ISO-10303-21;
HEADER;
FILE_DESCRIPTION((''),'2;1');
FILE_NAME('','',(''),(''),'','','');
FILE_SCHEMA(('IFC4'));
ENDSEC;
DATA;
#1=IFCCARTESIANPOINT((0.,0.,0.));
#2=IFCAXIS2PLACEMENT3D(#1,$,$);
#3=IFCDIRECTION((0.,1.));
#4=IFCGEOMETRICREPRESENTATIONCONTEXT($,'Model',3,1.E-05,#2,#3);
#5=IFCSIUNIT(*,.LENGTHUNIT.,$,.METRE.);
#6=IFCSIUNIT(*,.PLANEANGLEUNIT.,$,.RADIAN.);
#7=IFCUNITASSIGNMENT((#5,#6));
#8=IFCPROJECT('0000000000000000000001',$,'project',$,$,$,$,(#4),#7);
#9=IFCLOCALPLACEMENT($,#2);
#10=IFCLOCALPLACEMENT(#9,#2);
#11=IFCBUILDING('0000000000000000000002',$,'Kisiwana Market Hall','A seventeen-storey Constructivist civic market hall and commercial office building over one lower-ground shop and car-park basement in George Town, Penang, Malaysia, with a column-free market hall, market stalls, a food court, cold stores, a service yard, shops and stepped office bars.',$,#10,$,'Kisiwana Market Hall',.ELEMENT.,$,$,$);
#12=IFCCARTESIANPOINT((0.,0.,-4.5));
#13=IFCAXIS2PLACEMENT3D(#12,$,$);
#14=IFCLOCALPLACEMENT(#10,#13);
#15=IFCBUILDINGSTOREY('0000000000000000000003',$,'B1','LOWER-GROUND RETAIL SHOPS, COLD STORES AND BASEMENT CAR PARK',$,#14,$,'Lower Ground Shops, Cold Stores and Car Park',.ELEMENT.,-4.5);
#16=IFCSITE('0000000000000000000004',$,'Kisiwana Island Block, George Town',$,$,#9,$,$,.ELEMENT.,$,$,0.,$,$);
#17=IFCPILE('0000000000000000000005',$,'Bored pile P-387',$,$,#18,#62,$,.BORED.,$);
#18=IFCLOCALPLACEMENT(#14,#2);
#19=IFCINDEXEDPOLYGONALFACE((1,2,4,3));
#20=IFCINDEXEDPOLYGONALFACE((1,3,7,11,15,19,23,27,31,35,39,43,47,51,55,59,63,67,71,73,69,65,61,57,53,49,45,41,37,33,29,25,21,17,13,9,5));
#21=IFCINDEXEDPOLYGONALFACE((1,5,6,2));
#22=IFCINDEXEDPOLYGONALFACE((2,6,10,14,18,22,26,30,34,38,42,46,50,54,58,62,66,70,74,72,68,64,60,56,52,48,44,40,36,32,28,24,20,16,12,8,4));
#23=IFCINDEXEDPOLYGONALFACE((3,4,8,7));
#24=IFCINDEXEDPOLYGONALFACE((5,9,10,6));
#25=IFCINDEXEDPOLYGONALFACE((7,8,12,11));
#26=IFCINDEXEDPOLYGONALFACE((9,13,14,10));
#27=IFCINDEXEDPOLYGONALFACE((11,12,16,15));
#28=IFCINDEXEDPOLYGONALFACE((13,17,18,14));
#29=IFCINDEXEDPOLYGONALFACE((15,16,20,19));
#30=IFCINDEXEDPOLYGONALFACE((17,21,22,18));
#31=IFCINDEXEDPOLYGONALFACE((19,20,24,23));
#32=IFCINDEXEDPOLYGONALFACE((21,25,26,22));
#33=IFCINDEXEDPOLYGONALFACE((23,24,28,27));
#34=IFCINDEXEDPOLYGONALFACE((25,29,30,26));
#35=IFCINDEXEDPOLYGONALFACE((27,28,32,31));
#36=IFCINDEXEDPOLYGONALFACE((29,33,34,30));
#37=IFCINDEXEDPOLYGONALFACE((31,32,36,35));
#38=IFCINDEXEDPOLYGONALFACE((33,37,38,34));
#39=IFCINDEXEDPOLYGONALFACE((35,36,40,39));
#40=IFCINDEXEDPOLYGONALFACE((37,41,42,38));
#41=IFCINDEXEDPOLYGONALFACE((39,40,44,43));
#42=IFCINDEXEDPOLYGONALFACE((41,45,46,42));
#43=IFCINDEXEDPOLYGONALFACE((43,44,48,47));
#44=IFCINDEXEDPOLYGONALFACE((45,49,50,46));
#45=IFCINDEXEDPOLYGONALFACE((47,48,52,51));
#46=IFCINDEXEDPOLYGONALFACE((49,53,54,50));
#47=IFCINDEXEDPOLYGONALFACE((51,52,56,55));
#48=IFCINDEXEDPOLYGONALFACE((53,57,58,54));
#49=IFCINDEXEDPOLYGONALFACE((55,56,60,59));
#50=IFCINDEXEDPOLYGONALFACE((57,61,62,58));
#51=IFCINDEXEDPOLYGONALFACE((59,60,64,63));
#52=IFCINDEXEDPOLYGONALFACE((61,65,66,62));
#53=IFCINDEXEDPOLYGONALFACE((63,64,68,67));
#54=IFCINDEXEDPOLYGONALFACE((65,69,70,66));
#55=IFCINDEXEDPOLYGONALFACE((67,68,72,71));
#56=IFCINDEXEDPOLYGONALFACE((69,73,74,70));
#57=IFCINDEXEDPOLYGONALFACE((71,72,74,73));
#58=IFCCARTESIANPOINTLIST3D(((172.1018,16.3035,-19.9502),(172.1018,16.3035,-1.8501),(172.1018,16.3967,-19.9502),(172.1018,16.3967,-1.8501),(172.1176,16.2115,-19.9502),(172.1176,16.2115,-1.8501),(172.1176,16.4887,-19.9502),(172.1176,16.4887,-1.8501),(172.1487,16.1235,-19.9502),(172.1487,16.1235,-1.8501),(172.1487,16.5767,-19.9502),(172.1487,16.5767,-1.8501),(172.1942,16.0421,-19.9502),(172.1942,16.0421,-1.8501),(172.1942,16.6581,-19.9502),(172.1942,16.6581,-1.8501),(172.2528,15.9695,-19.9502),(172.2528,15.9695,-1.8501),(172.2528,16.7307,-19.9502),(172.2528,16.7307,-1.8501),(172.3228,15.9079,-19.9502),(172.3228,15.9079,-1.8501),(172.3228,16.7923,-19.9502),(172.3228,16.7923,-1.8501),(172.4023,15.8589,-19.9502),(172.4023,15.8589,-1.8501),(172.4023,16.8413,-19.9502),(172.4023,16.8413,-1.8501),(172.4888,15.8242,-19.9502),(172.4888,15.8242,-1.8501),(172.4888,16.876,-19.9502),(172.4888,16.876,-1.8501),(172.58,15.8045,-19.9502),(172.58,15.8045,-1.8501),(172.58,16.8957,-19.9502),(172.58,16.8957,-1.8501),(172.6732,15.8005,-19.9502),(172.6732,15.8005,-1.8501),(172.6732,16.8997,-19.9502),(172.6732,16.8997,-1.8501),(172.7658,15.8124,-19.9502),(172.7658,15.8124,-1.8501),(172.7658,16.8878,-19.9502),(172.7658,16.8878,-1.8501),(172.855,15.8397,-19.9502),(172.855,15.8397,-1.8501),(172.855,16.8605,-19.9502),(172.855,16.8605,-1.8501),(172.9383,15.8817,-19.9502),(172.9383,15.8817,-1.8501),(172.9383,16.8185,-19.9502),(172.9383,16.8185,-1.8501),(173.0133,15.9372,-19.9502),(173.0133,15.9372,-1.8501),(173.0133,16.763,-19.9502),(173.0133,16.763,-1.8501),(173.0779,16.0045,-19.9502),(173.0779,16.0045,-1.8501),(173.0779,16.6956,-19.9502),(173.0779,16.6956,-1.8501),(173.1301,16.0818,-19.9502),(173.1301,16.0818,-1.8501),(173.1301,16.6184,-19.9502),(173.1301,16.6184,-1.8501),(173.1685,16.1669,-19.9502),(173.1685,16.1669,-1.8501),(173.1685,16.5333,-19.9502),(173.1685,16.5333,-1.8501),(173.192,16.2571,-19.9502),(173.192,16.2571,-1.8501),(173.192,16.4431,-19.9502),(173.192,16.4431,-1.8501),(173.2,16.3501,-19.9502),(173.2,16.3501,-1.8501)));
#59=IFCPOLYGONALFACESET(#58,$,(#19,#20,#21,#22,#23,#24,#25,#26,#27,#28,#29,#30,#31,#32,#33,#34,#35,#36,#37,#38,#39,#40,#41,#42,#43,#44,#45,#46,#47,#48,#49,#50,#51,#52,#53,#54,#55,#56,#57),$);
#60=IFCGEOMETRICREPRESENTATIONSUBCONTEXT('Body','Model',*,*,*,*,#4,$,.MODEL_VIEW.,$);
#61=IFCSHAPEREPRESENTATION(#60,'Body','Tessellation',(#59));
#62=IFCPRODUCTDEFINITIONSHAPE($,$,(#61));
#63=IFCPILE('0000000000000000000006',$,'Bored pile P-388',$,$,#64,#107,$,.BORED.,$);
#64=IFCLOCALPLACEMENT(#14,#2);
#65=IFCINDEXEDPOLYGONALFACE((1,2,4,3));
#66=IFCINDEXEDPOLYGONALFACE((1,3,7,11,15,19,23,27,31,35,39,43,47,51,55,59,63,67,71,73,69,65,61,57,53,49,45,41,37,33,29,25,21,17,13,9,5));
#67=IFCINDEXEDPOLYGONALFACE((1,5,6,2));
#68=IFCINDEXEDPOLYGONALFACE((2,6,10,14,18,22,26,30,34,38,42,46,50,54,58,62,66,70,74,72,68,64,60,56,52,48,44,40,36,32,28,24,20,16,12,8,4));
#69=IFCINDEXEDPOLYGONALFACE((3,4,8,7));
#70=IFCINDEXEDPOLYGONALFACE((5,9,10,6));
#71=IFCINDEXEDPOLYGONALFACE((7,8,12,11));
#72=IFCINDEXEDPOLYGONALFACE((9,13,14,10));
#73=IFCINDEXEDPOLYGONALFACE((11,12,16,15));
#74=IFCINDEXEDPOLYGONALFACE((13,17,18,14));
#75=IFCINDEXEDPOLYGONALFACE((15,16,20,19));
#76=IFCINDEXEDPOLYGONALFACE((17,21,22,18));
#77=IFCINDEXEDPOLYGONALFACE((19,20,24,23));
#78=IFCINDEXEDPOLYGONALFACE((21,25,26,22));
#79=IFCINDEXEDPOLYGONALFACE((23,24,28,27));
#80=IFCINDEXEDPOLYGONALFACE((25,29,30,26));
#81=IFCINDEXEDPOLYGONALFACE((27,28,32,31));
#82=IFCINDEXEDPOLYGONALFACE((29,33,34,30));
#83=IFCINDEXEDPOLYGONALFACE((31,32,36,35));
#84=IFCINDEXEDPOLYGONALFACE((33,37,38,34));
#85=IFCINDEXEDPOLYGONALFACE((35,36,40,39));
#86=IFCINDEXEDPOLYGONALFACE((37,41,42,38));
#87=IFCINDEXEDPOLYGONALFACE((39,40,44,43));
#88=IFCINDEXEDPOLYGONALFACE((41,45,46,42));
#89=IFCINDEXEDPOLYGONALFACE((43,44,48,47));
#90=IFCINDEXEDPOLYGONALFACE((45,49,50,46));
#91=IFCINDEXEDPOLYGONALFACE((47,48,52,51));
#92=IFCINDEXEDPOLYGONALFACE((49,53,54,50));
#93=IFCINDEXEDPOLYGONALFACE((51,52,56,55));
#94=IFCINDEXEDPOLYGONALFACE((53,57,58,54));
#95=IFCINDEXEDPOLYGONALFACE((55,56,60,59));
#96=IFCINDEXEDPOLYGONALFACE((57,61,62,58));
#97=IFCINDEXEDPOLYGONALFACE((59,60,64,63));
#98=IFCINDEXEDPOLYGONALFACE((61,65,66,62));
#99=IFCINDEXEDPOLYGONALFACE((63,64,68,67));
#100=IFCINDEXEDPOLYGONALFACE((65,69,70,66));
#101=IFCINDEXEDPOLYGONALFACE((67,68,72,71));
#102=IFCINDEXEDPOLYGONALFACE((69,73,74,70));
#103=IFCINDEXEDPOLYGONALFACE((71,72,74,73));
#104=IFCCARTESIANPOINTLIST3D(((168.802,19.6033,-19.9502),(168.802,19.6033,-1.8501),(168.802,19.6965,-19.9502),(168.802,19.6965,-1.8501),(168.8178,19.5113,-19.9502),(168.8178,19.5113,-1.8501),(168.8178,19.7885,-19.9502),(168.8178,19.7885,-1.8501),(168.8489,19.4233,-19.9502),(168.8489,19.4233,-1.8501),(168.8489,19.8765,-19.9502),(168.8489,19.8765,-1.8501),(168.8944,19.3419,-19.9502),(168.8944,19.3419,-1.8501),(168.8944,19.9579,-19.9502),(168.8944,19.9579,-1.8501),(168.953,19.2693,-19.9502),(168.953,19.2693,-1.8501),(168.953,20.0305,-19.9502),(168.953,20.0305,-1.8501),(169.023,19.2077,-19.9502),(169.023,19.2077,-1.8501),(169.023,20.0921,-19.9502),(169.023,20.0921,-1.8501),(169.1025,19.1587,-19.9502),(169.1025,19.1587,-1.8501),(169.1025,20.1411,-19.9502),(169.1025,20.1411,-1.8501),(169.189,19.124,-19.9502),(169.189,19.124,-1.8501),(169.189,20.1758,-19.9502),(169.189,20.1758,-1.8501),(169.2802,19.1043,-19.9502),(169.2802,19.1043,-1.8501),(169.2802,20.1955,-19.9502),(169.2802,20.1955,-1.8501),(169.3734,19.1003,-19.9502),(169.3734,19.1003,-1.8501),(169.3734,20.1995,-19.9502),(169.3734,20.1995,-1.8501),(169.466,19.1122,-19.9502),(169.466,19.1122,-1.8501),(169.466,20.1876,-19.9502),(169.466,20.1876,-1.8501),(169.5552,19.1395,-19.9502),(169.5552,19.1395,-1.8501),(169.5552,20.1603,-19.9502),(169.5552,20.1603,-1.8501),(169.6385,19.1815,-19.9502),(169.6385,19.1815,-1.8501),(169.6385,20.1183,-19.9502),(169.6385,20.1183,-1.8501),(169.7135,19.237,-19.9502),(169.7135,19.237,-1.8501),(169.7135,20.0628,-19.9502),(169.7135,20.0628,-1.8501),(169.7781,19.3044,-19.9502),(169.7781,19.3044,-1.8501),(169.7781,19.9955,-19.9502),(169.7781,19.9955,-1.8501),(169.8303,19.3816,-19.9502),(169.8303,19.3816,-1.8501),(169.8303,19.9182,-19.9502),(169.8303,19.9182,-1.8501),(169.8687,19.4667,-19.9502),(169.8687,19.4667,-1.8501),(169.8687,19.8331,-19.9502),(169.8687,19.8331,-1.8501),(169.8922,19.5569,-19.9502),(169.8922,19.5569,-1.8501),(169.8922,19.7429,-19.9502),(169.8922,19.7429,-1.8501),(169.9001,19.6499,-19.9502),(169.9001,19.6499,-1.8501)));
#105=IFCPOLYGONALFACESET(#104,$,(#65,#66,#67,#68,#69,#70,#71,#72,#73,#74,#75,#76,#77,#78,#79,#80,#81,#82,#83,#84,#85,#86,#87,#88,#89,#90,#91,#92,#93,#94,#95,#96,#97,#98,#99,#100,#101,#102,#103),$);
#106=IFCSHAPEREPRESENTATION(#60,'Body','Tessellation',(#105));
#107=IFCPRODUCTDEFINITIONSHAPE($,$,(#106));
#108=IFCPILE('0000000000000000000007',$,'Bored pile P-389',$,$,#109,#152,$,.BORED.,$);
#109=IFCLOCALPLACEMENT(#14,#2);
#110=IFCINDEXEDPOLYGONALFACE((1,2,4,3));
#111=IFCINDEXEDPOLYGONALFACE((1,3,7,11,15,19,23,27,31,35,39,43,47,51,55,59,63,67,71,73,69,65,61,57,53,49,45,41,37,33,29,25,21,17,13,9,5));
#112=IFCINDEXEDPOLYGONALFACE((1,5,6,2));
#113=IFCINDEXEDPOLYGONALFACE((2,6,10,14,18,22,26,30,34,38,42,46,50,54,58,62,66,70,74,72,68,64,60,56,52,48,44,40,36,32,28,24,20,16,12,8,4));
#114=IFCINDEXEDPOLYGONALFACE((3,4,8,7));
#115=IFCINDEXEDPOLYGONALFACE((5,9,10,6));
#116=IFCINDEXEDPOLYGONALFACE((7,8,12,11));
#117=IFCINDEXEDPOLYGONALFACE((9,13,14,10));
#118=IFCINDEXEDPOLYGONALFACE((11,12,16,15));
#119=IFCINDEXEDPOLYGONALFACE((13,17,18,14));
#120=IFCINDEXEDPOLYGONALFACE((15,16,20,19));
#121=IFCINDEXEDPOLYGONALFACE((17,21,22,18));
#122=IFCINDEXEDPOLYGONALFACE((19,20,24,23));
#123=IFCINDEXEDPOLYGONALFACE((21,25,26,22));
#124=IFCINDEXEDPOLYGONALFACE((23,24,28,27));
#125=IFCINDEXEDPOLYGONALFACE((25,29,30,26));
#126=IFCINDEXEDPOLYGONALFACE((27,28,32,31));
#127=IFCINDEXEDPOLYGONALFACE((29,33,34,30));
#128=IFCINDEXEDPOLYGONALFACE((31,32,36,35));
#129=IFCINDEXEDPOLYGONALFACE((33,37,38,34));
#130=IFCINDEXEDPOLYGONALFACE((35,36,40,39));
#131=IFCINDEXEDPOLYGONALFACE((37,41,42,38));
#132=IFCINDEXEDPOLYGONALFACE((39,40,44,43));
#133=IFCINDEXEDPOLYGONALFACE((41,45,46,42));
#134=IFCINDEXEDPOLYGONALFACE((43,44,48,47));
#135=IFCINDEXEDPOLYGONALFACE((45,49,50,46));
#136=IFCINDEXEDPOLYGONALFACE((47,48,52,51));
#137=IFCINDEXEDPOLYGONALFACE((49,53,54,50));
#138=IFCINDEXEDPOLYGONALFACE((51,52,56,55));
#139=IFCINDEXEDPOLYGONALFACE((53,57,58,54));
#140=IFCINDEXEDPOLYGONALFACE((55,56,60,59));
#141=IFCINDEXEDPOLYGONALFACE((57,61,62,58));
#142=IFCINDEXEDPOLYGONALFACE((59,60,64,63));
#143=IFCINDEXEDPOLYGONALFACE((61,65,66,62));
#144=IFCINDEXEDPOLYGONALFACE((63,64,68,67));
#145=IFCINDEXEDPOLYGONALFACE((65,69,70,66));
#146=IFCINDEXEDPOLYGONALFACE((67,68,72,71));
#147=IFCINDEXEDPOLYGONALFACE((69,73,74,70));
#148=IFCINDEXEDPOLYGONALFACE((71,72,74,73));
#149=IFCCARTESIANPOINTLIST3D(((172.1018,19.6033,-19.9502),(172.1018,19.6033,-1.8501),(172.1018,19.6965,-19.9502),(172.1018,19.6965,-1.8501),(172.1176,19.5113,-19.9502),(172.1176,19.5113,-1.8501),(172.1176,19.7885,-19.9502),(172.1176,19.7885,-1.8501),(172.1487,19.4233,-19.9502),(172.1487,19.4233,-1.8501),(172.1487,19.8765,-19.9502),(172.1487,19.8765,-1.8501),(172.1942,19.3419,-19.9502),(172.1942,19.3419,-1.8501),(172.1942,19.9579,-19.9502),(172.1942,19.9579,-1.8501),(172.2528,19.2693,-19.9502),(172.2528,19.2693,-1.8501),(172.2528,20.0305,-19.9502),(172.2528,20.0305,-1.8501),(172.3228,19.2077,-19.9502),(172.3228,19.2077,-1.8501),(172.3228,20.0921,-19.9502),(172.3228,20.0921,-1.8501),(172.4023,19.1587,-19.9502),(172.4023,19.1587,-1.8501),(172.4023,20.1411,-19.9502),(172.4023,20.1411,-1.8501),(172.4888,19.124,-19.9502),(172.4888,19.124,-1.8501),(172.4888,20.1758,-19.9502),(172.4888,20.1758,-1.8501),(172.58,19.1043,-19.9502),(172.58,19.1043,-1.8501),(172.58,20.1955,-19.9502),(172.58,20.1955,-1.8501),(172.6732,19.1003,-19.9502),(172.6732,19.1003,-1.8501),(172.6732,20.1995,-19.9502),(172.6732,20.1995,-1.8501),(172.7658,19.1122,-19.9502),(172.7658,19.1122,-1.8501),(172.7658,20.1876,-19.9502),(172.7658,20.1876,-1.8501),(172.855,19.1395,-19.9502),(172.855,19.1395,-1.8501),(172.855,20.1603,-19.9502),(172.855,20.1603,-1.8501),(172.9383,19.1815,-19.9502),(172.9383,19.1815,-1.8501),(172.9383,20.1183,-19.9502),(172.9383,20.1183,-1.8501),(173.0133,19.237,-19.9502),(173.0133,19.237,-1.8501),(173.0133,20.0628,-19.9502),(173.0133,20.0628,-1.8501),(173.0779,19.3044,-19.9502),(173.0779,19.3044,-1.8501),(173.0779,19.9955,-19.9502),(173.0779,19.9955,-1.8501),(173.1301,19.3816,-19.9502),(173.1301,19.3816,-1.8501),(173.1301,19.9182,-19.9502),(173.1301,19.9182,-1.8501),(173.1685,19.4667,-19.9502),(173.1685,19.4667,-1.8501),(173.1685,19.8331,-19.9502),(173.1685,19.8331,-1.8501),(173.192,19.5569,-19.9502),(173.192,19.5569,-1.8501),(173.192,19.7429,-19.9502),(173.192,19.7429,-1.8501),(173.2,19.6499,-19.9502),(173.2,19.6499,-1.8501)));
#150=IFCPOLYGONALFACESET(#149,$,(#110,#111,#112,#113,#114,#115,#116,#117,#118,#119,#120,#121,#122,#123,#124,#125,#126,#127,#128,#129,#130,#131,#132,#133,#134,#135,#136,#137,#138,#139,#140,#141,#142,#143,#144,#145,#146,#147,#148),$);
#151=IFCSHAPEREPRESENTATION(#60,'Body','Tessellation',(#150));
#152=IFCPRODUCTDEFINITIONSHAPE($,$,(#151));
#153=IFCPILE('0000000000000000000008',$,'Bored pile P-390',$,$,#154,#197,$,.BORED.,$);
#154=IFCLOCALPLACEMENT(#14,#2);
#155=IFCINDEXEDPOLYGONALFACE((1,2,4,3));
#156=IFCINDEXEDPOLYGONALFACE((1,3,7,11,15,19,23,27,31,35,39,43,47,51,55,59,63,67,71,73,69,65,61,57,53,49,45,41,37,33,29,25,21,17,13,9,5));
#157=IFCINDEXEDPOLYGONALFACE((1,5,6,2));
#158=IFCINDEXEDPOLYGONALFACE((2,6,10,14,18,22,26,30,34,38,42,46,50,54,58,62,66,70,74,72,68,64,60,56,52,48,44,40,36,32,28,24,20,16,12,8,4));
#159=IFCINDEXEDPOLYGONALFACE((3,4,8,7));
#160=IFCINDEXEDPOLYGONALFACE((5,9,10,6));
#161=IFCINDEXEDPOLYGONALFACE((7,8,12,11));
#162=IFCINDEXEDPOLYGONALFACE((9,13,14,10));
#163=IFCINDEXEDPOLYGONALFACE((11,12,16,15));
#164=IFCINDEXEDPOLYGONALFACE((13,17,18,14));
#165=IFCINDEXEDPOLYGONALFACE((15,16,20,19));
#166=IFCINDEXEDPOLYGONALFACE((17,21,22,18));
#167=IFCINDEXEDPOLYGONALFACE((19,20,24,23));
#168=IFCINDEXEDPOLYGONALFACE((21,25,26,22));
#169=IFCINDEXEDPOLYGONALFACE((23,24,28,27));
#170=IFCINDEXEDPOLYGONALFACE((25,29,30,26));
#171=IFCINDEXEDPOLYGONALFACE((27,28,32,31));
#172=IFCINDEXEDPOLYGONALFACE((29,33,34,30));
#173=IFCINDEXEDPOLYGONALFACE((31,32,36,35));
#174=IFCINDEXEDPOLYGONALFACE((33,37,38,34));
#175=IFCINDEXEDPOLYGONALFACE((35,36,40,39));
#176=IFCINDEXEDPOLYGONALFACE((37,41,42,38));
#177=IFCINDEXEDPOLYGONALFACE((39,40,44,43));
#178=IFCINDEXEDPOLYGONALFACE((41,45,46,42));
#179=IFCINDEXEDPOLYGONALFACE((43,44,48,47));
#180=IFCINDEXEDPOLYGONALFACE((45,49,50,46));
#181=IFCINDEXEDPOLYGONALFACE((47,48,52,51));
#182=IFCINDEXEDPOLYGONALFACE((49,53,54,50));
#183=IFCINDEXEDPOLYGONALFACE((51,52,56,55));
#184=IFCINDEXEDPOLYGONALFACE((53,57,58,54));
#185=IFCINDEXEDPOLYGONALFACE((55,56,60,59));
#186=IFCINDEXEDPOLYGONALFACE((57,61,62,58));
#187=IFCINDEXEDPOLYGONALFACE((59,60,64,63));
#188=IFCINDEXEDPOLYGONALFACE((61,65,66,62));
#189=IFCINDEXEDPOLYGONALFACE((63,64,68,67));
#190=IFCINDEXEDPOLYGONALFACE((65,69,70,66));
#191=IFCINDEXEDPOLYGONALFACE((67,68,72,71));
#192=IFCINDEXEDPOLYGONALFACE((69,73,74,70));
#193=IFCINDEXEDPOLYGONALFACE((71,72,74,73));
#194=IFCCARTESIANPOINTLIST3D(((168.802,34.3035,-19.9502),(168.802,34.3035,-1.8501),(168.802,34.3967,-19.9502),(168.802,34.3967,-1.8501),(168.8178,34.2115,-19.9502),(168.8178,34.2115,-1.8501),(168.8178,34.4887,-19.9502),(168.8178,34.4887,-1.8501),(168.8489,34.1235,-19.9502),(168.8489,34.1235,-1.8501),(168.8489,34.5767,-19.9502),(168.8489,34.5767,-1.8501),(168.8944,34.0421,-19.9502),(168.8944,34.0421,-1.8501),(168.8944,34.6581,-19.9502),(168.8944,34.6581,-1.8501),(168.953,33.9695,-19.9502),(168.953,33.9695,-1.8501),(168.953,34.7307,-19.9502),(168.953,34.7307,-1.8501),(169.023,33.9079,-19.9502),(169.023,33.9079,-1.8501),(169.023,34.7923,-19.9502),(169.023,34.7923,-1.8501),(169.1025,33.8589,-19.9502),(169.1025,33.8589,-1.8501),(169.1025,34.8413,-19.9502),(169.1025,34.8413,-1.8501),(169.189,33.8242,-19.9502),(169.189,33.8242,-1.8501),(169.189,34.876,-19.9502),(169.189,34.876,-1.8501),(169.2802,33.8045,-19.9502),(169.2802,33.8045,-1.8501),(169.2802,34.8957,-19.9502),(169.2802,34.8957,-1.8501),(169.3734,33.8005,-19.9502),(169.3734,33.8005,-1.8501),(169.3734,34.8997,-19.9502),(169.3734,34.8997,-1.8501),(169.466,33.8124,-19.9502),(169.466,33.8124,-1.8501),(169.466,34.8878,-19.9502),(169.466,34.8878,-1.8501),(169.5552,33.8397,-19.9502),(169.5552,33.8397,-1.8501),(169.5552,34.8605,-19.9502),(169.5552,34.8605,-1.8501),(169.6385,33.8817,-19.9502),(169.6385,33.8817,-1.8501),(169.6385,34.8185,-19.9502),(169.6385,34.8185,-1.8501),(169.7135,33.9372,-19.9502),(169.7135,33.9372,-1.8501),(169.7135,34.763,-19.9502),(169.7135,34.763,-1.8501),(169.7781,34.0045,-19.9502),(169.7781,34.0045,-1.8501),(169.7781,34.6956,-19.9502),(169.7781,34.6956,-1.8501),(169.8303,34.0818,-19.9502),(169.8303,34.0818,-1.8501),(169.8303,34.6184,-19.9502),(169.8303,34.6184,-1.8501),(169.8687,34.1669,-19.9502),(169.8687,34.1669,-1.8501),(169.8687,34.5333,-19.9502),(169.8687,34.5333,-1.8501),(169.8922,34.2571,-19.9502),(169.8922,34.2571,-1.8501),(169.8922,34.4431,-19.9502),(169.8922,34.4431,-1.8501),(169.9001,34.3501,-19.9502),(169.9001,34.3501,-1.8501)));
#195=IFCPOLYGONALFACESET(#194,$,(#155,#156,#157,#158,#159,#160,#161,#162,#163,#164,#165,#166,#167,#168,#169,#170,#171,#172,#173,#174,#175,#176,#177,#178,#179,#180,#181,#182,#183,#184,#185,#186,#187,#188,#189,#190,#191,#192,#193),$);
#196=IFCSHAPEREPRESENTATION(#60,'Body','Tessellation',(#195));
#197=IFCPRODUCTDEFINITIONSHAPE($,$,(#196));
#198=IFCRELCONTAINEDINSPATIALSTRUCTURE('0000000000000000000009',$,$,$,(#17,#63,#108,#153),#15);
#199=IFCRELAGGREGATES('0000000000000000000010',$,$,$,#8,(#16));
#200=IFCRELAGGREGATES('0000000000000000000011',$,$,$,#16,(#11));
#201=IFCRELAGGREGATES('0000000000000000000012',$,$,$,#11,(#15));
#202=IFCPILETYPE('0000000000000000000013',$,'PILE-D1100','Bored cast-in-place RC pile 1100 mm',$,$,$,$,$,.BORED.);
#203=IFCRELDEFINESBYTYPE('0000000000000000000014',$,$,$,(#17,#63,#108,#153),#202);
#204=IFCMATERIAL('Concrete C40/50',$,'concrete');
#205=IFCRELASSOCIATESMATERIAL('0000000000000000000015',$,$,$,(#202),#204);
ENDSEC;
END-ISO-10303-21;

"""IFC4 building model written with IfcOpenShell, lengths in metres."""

from ifc_helpers import new_model, si_unit, direction, frame, origin, origin_2d, place, context, subcontext, project, spatial, circle, extrude, material, material_profile, profile_set, type_object, element, save


model = new_model("IFC4")

# Units and contexts
model_context = context("Model", 3, precision=1e-05, world=origin(), true_north=direction((0.0, 1.0)))
body_context = subcontext(model_context, "Body", "Model", "MODEL_VIEW")
ifc_project = project(units=[si_unit("LENGTHUNIT", "METRE"), si_unit("PLANEANGLEUNIT", "RADIAN")], contexts=[model_context])

# Site, building, storey
site_placement = place(None, origin())
site = spatial("IfcSite", under=ifc_project, at=site_placement, Name="Kisiwana Island Block, George Town", CompositionType="ELEMENT", RefElevation=0.0)
building_placement = place(site_placement, origin())
building = spatial("IfcBuilding", under=site, at=building_placement, Name="Kisiwana Market Hall", Description="A seventeen-storey Constructivist civic market hall and commercial office building over one lower-ground shop and car-park basement in George Town, Penang, Malaysia, with a column-free market hall, market stalls, a food court, cold stores, a service yard, shops and stepped office bars.", LongName="Kisiwana Market Hall", CompositionType="ELEMENT")
storey_placement = place(building_placement, frame((0.0, 0.0, -4.5)))
storey = spatial("IfcBuildingStorey", under=building, at=storey_placement, Name="B1", Description="LOWER-GROUND RETAIL SHOPS, COLD STORES AND BASEMENT CAR PARK", LongName="Lower Ground Shops, Cold Stores and Car Park", CompositionType="ELEMENT", Elevation=-4.5)

# Piles
ifc_material_1 = material(Name="Concrete C40/50", Category="concrete")
ifc_material_profile_1 = material_profile(ifc_material_1, circle(Radius=0.55, at=origin_2d()), Name="BP D1100")
ifc_profile_set_1 = profile_set([ifc_material_profile_1], Name="Concrete C40/50")
pile_type_1 = type_object("IfcPileType", Name="PILE-D1100", Description="Bored cast-in-place RC pile 1100 mm", PredefinedType="BORED", material=ifc_profile_set_1)
for number, where, z_axis, x_axis, name in (
    (1, (172.6499, 16.3501, -1.8501), (0.0, 0.0, -1.0), (1.0, 0.0, 0.0), "Bored pile P-387"),
    (2, (169.3501, 19.6499, -1.8501), (0.0, 0.0, -1.0), (1.0, 0.0, 0.0), "Bored pile P-388"),
    (3, (172.6499, 19.6499, -1.8501), (0.0, 0.0, -1.0), (1.0, 0.0, 0.0), "Bored pile P-389"),
    (4, (169.3501, 34.3501, -1.8501), (0.0, 0.0, -1.0), (1.0, 0.0, 0.0), "Bored pile P-390"),
):
    element("IfcPile", number, at=place(storey_placement, frame(where, z_axis=z_axis, x_axis=x_axis)), inside=storey, type_object=pile_type_1, Name=name, PredefinedType="BORED", context=body_context, shape_type="SweptSolid", body=[
        extrude(circle(Radius=0.55, at=origin_2d()), origin(), (0.0, 0.0, 1.0), 18.1001),
    ])

save(model, "model.ifc")
